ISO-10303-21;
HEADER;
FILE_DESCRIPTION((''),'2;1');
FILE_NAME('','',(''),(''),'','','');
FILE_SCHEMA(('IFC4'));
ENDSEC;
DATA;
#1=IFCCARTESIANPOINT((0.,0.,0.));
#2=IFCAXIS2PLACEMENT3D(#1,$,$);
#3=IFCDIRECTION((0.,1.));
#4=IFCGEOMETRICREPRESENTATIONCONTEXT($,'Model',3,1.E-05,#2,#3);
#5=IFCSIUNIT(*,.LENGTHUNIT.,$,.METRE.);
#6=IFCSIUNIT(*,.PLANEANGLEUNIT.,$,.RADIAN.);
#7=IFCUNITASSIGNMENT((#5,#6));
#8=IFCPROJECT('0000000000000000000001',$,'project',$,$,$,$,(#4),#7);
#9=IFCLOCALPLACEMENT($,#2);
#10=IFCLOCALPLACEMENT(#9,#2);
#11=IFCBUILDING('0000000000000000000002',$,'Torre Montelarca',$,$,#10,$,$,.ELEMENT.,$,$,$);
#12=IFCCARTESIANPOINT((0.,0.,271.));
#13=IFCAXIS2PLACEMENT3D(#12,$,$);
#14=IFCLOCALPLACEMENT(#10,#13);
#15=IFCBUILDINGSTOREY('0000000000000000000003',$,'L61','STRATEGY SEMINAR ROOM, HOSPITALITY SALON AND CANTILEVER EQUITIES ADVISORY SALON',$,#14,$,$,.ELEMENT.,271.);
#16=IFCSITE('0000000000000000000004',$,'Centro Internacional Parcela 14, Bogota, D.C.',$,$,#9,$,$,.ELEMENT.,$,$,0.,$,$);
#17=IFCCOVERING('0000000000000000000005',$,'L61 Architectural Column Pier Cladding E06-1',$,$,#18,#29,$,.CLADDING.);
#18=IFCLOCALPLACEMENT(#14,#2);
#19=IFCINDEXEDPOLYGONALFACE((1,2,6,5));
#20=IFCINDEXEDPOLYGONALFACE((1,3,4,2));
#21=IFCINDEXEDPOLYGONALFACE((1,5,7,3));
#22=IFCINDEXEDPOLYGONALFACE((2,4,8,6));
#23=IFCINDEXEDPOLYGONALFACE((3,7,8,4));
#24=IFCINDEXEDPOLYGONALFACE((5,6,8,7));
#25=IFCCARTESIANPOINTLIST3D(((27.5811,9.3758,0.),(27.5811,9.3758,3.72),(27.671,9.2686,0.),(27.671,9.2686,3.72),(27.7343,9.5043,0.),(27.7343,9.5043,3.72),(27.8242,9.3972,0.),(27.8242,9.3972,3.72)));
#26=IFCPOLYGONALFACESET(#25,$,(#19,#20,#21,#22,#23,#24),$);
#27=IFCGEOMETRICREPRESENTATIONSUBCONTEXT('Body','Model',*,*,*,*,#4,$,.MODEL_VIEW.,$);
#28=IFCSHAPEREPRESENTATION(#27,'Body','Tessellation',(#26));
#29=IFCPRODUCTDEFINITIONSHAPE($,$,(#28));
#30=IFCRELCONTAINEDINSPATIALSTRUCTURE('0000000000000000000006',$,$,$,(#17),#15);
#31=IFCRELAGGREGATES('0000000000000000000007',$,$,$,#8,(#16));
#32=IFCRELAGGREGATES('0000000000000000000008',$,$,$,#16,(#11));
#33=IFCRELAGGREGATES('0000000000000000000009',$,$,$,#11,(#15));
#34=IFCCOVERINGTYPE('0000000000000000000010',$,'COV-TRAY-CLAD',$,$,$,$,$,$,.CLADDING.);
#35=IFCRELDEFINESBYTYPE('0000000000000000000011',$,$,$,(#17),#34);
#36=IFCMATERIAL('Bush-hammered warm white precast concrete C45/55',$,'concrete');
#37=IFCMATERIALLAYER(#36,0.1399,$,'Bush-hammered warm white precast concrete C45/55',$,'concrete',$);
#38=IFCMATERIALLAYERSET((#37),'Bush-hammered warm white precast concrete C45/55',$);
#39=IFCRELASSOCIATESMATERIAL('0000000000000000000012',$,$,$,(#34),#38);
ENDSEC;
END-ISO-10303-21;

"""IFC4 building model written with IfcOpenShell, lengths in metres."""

from ifc_helpers import new_model, si_unit, direction, frame, origin, origin_2d, place, context, subcontext, project, spatial, rectangle, extrude, source, transform, mapped, material, layer, layer_set, type_object, element, save


model = new_model("IFC4")

# Units and contexts
model_context = context("Model", 3, precision=1e-05, world=origin(), true_north=direction((0.0, 1.0)))
body_context = subcontext(model_context, "Body", "Model", "MODEL_VIEW")
ifc_project = project(units=[si_unit("LENGTHUNIT", "METRE"), si_unit("PLANEANGLEUNIT", "RADIAN")], contexts=[model_context])

# Site, building, storey
site_placement = place(None, origin())
site = spatial("IfcSite", under=ifc_project, at=site_placement, Name="Centro Internacional Parcela 14, Bogota, D.C.", CompositionType="ELEMENT", RefElevation=0.0)
building_placement = place(site_placement, origin())
building = spatial("IfcBuilding", under=site, at=building_placement, Name="Torre Montelarca", CompositionType="ELEMENT")
storey_placement = place(building_placement, frame((0.0, 0.0, 271.0)))
storey = spatial("IfcBuildingStorey", under=building, at=storey_placement, Name="L61", Description="STRATEGY SEMINAR ROOM, HOSPITALITY SALON AND CANTILEVER EQUITIES ADVISORY SALON", CompositionType="ELEMENT", Elevation=271.0)

# Covering
ifc_material_1 = material(Name="Bush-hammered warm white precast concrete C45/55", Category="concrete")
ifc_layer_1 = layer(ifc_material_1, 0.1399, Name="Bush-hammered warm white precast concrete C45/55", Category="concrete")
ifc_layer_set_1 = layer_set([ifc_layer_1], Name="Bush-hammered warm white precast concrete C45/55")
covering_type = type_object("IfcCoveringType", Name="COV-TRAY-CLAD", PredefinedType="CLADDING", material=ifc_layer_set_1)
shared_shape_1 = source(origin(), body_context, "Body", "SweptSolid", [
    extrude(rectangle(XDim=0.2, YDim=0.1399, at=origin_2d()), origin(), (0.0, 0.0, 1.0), 3.72),
])
for number, where, z_axis, x_axis, name in (
    (1, (27.7026, 9.3865, 0.0), (0.0, 0.0, 1.0), (0.766044, 0.642788, 0.0), "L61 Architectural Column Pier Cladding E06-1"),
):
    element("IfcCovering", number, at=place(storey_placement, frame(where, z_axis=z_axis, x_axis=x_axis)), inside=storey, type_object=covering_type, Name=name, PredefinedType="CLADDING", context=body_context, shape_type="MappedRepresentation", body=[
        mapped(shared_shape_1, transform((0.0, 0.0, 0.0), scale=1.0)),
    ])

save(model, "model.ifc")
